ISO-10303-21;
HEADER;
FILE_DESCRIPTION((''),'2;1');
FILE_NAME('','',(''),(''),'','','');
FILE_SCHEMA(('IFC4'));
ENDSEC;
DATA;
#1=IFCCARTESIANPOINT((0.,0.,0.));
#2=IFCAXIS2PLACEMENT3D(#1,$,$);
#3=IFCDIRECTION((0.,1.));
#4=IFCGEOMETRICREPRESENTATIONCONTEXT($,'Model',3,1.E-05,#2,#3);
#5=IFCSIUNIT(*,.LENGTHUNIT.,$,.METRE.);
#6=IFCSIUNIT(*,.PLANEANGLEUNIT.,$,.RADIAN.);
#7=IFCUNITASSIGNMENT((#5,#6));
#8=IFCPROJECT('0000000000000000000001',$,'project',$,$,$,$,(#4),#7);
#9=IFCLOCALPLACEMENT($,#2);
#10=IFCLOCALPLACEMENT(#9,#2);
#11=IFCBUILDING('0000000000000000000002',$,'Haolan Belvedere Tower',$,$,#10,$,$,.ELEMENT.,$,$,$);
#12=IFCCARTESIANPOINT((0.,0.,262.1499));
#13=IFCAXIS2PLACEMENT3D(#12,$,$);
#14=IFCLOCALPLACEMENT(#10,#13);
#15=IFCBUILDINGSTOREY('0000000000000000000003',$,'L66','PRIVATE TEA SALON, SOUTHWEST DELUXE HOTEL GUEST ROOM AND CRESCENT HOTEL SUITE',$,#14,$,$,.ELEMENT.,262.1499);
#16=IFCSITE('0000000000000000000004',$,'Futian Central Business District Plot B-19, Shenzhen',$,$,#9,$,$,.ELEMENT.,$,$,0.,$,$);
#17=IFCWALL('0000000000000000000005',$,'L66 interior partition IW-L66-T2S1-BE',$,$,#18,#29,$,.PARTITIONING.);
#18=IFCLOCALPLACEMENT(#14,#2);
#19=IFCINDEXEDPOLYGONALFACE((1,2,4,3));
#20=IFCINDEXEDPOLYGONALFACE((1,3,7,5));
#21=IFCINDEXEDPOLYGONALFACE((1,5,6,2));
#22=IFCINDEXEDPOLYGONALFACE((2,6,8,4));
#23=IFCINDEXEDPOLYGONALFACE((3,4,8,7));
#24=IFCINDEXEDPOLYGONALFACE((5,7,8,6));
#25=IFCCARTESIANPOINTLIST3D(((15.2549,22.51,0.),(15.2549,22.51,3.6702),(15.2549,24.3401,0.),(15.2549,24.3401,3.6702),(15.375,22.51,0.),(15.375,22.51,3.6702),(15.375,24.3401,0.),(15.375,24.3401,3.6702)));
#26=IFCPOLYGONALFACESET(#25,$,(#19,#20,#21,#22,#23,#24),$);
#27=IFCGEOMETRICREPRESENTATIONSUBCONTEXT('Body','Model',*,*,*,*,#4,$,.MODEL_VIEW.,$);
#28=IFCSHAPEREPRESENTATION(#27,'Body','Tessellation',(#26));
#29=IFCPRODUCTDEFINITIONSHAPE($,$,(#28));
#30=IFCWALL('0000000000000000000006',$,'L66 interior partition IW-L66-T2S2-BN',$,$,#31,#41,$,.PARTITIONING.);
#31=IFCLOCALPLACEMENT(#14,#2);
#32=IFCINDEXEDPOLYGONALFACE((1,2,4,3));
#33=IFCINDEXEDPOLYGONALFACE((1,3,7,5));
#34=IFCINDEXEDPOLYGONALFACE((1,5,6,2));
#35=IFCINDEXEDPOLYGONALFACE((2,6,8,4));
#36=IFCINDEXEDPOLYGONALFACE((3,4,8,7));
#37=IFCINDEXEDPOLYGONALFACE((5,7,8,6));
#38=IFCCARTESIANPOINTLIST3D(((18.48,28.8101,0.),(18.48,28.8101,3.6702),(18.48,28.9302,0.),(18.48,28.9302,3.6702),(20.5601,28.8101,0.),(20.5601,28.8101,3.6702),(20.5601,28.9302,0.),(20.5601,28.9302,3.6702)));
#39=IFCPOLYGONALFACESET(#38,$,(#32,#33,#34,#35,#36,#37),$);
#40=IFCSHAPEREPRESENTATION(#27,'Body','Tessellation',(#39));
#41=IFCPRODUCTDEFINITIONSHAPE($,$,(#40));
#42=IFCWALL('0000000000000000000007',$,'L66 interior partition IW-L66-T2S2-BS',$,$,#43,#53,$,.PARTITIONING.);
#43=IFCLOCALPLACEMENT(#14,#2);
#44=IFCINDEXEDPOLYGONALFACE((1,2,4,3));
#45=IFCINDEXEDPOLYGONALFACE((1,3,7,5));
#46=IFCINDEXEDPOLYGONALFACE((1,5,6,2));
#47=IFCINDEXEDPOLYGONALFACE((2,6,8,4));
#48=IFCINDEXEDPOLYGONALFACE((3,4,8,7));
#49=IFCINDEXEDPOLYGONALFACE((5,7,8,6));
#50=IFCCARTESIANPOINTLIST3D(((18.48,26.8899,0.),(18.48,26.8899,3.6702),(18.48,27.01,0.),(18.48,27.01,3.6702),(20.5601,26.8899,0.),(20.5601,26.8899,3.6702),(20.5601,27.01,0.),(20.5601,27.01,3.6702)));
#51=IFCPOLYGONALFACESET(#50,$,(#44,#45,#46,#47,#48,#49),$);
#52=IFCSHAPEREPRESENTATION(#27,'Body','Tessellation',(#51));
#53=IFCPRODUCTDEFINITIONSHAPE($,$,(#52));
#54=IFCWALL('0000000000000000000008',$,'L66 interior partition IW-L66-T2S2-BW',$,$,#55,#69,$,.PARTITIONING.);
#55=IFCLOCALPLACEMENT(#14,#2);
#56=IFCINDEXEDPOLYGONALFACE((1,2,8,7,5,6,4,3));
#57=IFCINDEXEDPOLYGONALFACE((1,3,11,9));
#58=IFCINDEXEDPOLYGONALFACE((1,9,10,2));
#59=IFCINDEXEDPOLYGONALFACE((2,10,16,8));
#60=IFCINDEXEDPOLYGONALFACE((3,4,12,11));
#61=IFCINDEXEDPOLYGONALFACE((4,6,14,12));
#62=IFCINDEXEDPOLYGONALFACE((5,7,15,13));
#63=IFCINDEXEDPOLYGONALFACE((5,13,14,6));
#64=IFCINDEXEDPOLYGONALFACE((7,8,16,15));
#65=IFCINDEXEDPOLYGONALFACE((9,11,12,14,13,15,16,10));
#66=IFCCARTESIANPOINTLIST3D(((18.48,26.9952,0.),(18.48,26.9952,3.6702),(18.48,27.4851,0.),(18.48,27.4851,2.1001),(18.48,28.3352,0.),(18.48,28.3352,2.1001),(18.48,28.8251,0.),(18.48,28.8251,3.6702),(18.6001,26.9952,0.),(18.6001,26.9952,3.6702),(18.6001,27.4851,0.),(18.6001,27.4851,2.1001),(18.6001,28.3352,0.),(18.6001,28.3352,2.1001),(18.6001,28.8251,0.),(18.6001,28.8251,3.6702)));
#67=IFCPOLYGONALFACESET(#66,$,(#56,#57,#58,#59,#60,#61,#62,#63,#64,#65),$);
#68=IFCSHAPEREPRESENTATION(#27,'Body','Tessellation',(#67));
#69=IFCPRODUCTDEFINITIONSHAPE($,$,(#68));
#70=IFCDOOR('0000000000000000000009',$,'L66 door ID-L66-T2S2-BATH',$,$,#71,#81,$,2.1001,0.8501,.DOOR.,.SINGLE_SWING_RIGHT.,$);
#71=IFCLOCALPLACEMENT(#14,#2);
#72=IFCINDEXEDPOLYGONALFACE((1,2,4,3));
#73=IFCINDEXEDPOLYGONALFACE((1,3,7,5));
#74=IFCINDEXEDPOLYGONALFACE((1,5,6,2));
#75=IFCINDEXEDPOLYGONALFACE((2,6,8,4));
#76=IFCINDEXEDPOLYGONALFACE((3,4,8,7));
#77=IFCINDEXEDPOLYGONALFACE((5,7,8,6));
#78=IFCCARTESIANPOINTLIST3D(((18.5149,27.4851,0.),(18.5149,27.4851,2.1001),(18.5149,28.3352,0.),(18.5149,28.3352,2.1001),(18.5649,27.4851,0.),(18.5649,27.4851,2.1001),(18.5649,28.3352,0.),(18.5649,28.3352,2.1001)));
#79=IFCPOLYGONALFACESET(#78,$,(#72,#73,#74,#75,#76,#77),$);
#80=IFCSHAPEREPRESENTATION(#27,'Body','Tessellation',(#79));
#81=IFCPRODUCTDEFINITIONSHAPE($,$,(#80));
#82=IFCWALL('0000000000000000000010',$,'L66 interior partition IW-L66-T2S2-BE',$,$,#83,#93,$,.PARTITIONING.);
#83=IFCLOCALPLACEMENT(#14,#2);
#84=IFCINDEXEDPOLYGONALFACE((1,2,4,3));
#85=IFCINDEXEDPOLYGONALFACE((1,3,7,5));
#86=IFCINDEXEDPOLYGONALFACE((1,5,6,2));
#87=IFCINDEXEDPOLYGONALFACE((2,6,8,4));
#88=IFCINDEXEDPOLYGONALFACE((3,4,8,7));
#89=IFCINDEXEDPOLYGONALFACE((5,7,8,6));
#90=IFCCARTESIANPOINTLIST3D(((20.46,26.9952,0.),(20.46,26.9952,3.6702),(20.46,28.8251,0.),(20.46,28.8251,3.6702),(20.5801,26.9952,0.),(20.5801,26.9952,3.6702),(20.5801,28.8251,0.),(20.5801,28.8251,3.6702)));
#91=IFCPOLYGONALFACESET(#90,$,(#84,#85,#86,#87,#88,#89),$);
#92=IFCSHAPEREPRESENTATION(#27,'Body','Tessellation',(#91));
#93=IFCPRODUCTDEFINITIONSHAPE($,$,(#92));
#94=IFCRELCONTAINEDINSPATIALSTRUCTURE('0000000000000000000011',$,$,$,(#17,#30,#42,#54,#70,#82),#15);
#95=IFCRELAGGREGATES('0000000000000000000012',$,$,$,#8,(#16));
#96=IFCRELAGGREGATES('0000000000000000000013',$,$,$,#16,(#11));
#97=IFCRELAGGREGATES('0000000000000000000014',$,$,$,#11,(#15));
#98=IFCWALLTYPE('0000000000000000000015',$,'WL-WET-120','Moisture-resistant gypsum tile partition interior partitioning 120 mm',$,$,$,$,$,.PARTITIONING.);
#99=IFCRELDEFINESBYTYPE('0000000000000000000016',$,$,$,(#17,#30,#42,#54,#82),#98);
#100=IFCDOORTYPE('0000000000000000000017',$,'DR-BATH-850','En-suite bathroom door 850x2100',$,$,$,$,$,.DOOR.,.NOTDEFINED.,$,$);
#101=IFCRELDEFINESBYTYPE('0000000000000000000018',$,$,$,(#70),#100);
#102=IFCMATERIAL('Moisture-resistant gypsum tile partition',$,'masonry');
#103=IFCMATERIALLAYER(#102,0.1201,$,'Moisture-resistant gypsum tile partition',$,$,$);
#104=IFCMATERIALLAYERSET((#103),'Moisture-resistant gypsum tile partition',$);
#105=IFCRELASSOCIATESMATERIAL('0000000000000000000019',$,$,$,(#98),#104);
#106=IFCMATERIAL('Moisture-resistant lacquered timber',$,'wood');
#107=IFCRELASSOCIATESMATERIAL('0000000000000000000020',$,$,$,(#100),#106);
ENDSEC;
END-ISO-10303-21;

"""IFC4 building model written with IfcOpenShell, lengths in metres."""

from ifc_helpers import new_model, si_unit, direction, frame, frame_2d, origin, place, context, subcontext, project, spatial, rectangle, extrude, material, layer, layer_set, type_object, element, fill, save


model = new_model("IFC4")

# Units and contexts
model_context = context("Model", 3, precision=1e-05, world=origin(), true_north=direction((0.0, 1.0)))
body_context = subcontext(model_context, "Body", "Model", "MODEL_VIEW")
ifc_project = project(units=[si_unit("LENGTHUNIT", "METRE"), si_unit("PLANEANGLEUNIT", "RADIAN")], contexts=[model_context])

# Site, building, storey
site_placement = place(None, origin())
site = spatial("IfcSite", under=ifc_project, at=site_placement, Name="Futian Central Business District Plot B-19, Shenzhen", CompositionType="ELEMENT", RefElevation=0.0)
building_placement = place(site_placement, origin())
building = spatial("IfcBuilding", under=site, at=building_placement, Name="Haolan Belvedere Tower", CompositionType="ELEMENT")
storey_placement = place(building_placement, frame((0.0, 0.0, 262.1499)))
storey = spatial("IfcBuildingStorey", under=building, at=storey_placement, Name="L66", Description="PRIVATE TEA SALON, SOUTHWEST DELUXE HOTEL GUEST ROOM AND CRESCENT HOTEL SUITE", CompositionType="ELEMENT", Elevation=262.1499)

# Shared definitions
ifc_material_1 = material(Name="Moisture-resistant gypsum tile partition", Category="masonry")
ifc_layer_1 = layer(ifc_material_1, 0.1201, Name="Moisture-resistant gypsum tile partition")
ifc_layer_set_1 = layer_set([ifc_layer_1], Name="Moisture-resistant gypsum tile partition")
wall_type_1 = type_object("IfcWallType", Name="WL-WET-120", Description="Moisture-resistant gypsum tile partition interior partitioning 120 mm", PredefinedType="PARTITIONING", material=ifc_layer_set_1)
ifc_material_2 = material(Name="Moisture-resistant lacquered timber", Category="wood")
door_type_1 = type_object("IfcDoorType", Name="DR-BATH-850", Description="En-suite bathroom door 850x2100", OperationType="NOTDEFINED", PredefinedType="DOOR", material=ifc_material_2)

# Walls
for number, where, z_axis, x_axis, name in (
    (1, (15.3149, 22.51, 0.0), (0.0, 0.0, 1.0), (0.0, 1.0, 0.0), "L66 interior partition IW-L66-T2S1-BE"),
):
    element("IfcWall", number, at=place(storey_placement, frame(where, z_axis=z_axis, x_axis=x_axis)), inside=storey, type_object=wall_type_1, Name=name, PredefinedType="PARTITIONING", context=body_context, shape_type="SweptSolid", body=[
        extrude(rectangle(XDim=1.8301, YDim=0.1201, at=frame_2d((0.915, 0.0))), origin(), (0.0, 0.0, 1.0), 3.6702),
    ])
for number, where, z_axis, x_axis, name in (
    (2, (18.48, 28.8701, 0.0), (0.0, 0.0, 1.0), (1.0, 0.0, 0.0), "L66 interior partition IW-L66-T2S2-BN"),
    (3, (18.48, 26.95, 0.0), (0.0, 0.0, 1.0), (1.0, 0.0, 0.0), "L66 interior partition IW-L66-T2S2-BS"),
):
    element("IfcWall", number, at=place(storey_placement, frame(where, z_axis=z_axis, x_axis=x_axis)), inside=storey, type_object=wall_type_1, Name=name, PredefinedType="PARTITIONING", context=body_context, shape_type="SweptSolid", body=[
        extrude(rectangle(XDim=2.0801, YDim=0.1201, at=frame_2d((1.04, 0.0))), origin(), (0.0, 0.0, 1.0), 3.6702),
    ])

# Wall, opening, door
wall_1_placement = place(storey_placement, frame((18.54, 26.9951, 0.0), z_axis=(0.0, 0.0, 1.0), x_axis=(0.0, 1.0, 0.0)))
wall_1 = element("IfcWall", 4, at=wall_1_placement, inside=storey, type_object=wall_type_1, Name="L66 interior partition IW-L66-T2S2-BW", PredefinedType="PARTITIONING", context=body_context, shape_type="SweptSolid", body=[
    extrude(rectangle(XDim=1.8298, YDim=0.1201, at=frame_2d((0.915, 0.0))), origin(), (0.0, 0.0, 1.0), 3.6702),
])
opening_1_placement = place(wall_1_placement, frame((1.3401, 0.0, 0.0), z_axis=(0.0, 0.0, 1.0), x_axis=(-1.0, 0.0, 0.0)))
opening_1 = element("IfcOpeningElement", 5, at=opening_1_placement, cuts=wall_1, PredefinedType="OPENING", context=body_context, shape_type="SweptSolid", body=[
    extrude(rectangle(XDim=0.8501, YDim=2.1001, at=frame_2d((0.425, 1.05))), frame((0.0, 0.0701, 0.0), z_axis=(0.0, -1.0, 0.0), x_axis=(1.0, 0.0, 0.0)), (0.0, 0.0, 1.0), 0.1401),
])
door_1_placement = place(opening_1_placement, origin())
door_1 = element("IfcDoor", 6, at=door_1_placement, inside=storey, type_object=door_type_1, Name="L66 door ID-L66-T2S2-BATH", OperationType="SINGLE_SWING_RIGHT", OverallHeight=2.1001, OverallWidth=0.8501, PredefinedType="DOOR", context=body_context, shape_type="SweptSolid", body=[
    extrude(rectangle(XDim=0.8501, YDim=2.1001, at=frame_2d((0.425, 1.05))), frame((0.0, 0.0249, 0.0), z_axis=(0.0, -1.0, 0.0), x_axis=(1.0, 0.0, 0.0)), (0.0, 0.0, 1.0), 0.05),
])
fill(opening_1, door_1)

# Wall
wall_2_placement = place(storey_placement, frame((20.52, 26.9951, 0.0), z_axis=(0.0, 0.0, 1.0), x_axis=(0.0, 1.0, 0.0)))
element("IfcWall", 7, at=wall_2_placement, inside=storey, type_object=wall_type_1, Name="L66 interior partition IW-L66-T2S2-BE", PredefinedType="PARTITIONING", context=body_context, shape_type="SweptSolid", body=[
    extrude(rectangle(XDim=1.8298, YDim=0.1201, at=frame_2d((0.915, 0.0))), origin(), (0.0, 0.0, 1.0), 3.6702),
])

save(model, "model.ifc")
